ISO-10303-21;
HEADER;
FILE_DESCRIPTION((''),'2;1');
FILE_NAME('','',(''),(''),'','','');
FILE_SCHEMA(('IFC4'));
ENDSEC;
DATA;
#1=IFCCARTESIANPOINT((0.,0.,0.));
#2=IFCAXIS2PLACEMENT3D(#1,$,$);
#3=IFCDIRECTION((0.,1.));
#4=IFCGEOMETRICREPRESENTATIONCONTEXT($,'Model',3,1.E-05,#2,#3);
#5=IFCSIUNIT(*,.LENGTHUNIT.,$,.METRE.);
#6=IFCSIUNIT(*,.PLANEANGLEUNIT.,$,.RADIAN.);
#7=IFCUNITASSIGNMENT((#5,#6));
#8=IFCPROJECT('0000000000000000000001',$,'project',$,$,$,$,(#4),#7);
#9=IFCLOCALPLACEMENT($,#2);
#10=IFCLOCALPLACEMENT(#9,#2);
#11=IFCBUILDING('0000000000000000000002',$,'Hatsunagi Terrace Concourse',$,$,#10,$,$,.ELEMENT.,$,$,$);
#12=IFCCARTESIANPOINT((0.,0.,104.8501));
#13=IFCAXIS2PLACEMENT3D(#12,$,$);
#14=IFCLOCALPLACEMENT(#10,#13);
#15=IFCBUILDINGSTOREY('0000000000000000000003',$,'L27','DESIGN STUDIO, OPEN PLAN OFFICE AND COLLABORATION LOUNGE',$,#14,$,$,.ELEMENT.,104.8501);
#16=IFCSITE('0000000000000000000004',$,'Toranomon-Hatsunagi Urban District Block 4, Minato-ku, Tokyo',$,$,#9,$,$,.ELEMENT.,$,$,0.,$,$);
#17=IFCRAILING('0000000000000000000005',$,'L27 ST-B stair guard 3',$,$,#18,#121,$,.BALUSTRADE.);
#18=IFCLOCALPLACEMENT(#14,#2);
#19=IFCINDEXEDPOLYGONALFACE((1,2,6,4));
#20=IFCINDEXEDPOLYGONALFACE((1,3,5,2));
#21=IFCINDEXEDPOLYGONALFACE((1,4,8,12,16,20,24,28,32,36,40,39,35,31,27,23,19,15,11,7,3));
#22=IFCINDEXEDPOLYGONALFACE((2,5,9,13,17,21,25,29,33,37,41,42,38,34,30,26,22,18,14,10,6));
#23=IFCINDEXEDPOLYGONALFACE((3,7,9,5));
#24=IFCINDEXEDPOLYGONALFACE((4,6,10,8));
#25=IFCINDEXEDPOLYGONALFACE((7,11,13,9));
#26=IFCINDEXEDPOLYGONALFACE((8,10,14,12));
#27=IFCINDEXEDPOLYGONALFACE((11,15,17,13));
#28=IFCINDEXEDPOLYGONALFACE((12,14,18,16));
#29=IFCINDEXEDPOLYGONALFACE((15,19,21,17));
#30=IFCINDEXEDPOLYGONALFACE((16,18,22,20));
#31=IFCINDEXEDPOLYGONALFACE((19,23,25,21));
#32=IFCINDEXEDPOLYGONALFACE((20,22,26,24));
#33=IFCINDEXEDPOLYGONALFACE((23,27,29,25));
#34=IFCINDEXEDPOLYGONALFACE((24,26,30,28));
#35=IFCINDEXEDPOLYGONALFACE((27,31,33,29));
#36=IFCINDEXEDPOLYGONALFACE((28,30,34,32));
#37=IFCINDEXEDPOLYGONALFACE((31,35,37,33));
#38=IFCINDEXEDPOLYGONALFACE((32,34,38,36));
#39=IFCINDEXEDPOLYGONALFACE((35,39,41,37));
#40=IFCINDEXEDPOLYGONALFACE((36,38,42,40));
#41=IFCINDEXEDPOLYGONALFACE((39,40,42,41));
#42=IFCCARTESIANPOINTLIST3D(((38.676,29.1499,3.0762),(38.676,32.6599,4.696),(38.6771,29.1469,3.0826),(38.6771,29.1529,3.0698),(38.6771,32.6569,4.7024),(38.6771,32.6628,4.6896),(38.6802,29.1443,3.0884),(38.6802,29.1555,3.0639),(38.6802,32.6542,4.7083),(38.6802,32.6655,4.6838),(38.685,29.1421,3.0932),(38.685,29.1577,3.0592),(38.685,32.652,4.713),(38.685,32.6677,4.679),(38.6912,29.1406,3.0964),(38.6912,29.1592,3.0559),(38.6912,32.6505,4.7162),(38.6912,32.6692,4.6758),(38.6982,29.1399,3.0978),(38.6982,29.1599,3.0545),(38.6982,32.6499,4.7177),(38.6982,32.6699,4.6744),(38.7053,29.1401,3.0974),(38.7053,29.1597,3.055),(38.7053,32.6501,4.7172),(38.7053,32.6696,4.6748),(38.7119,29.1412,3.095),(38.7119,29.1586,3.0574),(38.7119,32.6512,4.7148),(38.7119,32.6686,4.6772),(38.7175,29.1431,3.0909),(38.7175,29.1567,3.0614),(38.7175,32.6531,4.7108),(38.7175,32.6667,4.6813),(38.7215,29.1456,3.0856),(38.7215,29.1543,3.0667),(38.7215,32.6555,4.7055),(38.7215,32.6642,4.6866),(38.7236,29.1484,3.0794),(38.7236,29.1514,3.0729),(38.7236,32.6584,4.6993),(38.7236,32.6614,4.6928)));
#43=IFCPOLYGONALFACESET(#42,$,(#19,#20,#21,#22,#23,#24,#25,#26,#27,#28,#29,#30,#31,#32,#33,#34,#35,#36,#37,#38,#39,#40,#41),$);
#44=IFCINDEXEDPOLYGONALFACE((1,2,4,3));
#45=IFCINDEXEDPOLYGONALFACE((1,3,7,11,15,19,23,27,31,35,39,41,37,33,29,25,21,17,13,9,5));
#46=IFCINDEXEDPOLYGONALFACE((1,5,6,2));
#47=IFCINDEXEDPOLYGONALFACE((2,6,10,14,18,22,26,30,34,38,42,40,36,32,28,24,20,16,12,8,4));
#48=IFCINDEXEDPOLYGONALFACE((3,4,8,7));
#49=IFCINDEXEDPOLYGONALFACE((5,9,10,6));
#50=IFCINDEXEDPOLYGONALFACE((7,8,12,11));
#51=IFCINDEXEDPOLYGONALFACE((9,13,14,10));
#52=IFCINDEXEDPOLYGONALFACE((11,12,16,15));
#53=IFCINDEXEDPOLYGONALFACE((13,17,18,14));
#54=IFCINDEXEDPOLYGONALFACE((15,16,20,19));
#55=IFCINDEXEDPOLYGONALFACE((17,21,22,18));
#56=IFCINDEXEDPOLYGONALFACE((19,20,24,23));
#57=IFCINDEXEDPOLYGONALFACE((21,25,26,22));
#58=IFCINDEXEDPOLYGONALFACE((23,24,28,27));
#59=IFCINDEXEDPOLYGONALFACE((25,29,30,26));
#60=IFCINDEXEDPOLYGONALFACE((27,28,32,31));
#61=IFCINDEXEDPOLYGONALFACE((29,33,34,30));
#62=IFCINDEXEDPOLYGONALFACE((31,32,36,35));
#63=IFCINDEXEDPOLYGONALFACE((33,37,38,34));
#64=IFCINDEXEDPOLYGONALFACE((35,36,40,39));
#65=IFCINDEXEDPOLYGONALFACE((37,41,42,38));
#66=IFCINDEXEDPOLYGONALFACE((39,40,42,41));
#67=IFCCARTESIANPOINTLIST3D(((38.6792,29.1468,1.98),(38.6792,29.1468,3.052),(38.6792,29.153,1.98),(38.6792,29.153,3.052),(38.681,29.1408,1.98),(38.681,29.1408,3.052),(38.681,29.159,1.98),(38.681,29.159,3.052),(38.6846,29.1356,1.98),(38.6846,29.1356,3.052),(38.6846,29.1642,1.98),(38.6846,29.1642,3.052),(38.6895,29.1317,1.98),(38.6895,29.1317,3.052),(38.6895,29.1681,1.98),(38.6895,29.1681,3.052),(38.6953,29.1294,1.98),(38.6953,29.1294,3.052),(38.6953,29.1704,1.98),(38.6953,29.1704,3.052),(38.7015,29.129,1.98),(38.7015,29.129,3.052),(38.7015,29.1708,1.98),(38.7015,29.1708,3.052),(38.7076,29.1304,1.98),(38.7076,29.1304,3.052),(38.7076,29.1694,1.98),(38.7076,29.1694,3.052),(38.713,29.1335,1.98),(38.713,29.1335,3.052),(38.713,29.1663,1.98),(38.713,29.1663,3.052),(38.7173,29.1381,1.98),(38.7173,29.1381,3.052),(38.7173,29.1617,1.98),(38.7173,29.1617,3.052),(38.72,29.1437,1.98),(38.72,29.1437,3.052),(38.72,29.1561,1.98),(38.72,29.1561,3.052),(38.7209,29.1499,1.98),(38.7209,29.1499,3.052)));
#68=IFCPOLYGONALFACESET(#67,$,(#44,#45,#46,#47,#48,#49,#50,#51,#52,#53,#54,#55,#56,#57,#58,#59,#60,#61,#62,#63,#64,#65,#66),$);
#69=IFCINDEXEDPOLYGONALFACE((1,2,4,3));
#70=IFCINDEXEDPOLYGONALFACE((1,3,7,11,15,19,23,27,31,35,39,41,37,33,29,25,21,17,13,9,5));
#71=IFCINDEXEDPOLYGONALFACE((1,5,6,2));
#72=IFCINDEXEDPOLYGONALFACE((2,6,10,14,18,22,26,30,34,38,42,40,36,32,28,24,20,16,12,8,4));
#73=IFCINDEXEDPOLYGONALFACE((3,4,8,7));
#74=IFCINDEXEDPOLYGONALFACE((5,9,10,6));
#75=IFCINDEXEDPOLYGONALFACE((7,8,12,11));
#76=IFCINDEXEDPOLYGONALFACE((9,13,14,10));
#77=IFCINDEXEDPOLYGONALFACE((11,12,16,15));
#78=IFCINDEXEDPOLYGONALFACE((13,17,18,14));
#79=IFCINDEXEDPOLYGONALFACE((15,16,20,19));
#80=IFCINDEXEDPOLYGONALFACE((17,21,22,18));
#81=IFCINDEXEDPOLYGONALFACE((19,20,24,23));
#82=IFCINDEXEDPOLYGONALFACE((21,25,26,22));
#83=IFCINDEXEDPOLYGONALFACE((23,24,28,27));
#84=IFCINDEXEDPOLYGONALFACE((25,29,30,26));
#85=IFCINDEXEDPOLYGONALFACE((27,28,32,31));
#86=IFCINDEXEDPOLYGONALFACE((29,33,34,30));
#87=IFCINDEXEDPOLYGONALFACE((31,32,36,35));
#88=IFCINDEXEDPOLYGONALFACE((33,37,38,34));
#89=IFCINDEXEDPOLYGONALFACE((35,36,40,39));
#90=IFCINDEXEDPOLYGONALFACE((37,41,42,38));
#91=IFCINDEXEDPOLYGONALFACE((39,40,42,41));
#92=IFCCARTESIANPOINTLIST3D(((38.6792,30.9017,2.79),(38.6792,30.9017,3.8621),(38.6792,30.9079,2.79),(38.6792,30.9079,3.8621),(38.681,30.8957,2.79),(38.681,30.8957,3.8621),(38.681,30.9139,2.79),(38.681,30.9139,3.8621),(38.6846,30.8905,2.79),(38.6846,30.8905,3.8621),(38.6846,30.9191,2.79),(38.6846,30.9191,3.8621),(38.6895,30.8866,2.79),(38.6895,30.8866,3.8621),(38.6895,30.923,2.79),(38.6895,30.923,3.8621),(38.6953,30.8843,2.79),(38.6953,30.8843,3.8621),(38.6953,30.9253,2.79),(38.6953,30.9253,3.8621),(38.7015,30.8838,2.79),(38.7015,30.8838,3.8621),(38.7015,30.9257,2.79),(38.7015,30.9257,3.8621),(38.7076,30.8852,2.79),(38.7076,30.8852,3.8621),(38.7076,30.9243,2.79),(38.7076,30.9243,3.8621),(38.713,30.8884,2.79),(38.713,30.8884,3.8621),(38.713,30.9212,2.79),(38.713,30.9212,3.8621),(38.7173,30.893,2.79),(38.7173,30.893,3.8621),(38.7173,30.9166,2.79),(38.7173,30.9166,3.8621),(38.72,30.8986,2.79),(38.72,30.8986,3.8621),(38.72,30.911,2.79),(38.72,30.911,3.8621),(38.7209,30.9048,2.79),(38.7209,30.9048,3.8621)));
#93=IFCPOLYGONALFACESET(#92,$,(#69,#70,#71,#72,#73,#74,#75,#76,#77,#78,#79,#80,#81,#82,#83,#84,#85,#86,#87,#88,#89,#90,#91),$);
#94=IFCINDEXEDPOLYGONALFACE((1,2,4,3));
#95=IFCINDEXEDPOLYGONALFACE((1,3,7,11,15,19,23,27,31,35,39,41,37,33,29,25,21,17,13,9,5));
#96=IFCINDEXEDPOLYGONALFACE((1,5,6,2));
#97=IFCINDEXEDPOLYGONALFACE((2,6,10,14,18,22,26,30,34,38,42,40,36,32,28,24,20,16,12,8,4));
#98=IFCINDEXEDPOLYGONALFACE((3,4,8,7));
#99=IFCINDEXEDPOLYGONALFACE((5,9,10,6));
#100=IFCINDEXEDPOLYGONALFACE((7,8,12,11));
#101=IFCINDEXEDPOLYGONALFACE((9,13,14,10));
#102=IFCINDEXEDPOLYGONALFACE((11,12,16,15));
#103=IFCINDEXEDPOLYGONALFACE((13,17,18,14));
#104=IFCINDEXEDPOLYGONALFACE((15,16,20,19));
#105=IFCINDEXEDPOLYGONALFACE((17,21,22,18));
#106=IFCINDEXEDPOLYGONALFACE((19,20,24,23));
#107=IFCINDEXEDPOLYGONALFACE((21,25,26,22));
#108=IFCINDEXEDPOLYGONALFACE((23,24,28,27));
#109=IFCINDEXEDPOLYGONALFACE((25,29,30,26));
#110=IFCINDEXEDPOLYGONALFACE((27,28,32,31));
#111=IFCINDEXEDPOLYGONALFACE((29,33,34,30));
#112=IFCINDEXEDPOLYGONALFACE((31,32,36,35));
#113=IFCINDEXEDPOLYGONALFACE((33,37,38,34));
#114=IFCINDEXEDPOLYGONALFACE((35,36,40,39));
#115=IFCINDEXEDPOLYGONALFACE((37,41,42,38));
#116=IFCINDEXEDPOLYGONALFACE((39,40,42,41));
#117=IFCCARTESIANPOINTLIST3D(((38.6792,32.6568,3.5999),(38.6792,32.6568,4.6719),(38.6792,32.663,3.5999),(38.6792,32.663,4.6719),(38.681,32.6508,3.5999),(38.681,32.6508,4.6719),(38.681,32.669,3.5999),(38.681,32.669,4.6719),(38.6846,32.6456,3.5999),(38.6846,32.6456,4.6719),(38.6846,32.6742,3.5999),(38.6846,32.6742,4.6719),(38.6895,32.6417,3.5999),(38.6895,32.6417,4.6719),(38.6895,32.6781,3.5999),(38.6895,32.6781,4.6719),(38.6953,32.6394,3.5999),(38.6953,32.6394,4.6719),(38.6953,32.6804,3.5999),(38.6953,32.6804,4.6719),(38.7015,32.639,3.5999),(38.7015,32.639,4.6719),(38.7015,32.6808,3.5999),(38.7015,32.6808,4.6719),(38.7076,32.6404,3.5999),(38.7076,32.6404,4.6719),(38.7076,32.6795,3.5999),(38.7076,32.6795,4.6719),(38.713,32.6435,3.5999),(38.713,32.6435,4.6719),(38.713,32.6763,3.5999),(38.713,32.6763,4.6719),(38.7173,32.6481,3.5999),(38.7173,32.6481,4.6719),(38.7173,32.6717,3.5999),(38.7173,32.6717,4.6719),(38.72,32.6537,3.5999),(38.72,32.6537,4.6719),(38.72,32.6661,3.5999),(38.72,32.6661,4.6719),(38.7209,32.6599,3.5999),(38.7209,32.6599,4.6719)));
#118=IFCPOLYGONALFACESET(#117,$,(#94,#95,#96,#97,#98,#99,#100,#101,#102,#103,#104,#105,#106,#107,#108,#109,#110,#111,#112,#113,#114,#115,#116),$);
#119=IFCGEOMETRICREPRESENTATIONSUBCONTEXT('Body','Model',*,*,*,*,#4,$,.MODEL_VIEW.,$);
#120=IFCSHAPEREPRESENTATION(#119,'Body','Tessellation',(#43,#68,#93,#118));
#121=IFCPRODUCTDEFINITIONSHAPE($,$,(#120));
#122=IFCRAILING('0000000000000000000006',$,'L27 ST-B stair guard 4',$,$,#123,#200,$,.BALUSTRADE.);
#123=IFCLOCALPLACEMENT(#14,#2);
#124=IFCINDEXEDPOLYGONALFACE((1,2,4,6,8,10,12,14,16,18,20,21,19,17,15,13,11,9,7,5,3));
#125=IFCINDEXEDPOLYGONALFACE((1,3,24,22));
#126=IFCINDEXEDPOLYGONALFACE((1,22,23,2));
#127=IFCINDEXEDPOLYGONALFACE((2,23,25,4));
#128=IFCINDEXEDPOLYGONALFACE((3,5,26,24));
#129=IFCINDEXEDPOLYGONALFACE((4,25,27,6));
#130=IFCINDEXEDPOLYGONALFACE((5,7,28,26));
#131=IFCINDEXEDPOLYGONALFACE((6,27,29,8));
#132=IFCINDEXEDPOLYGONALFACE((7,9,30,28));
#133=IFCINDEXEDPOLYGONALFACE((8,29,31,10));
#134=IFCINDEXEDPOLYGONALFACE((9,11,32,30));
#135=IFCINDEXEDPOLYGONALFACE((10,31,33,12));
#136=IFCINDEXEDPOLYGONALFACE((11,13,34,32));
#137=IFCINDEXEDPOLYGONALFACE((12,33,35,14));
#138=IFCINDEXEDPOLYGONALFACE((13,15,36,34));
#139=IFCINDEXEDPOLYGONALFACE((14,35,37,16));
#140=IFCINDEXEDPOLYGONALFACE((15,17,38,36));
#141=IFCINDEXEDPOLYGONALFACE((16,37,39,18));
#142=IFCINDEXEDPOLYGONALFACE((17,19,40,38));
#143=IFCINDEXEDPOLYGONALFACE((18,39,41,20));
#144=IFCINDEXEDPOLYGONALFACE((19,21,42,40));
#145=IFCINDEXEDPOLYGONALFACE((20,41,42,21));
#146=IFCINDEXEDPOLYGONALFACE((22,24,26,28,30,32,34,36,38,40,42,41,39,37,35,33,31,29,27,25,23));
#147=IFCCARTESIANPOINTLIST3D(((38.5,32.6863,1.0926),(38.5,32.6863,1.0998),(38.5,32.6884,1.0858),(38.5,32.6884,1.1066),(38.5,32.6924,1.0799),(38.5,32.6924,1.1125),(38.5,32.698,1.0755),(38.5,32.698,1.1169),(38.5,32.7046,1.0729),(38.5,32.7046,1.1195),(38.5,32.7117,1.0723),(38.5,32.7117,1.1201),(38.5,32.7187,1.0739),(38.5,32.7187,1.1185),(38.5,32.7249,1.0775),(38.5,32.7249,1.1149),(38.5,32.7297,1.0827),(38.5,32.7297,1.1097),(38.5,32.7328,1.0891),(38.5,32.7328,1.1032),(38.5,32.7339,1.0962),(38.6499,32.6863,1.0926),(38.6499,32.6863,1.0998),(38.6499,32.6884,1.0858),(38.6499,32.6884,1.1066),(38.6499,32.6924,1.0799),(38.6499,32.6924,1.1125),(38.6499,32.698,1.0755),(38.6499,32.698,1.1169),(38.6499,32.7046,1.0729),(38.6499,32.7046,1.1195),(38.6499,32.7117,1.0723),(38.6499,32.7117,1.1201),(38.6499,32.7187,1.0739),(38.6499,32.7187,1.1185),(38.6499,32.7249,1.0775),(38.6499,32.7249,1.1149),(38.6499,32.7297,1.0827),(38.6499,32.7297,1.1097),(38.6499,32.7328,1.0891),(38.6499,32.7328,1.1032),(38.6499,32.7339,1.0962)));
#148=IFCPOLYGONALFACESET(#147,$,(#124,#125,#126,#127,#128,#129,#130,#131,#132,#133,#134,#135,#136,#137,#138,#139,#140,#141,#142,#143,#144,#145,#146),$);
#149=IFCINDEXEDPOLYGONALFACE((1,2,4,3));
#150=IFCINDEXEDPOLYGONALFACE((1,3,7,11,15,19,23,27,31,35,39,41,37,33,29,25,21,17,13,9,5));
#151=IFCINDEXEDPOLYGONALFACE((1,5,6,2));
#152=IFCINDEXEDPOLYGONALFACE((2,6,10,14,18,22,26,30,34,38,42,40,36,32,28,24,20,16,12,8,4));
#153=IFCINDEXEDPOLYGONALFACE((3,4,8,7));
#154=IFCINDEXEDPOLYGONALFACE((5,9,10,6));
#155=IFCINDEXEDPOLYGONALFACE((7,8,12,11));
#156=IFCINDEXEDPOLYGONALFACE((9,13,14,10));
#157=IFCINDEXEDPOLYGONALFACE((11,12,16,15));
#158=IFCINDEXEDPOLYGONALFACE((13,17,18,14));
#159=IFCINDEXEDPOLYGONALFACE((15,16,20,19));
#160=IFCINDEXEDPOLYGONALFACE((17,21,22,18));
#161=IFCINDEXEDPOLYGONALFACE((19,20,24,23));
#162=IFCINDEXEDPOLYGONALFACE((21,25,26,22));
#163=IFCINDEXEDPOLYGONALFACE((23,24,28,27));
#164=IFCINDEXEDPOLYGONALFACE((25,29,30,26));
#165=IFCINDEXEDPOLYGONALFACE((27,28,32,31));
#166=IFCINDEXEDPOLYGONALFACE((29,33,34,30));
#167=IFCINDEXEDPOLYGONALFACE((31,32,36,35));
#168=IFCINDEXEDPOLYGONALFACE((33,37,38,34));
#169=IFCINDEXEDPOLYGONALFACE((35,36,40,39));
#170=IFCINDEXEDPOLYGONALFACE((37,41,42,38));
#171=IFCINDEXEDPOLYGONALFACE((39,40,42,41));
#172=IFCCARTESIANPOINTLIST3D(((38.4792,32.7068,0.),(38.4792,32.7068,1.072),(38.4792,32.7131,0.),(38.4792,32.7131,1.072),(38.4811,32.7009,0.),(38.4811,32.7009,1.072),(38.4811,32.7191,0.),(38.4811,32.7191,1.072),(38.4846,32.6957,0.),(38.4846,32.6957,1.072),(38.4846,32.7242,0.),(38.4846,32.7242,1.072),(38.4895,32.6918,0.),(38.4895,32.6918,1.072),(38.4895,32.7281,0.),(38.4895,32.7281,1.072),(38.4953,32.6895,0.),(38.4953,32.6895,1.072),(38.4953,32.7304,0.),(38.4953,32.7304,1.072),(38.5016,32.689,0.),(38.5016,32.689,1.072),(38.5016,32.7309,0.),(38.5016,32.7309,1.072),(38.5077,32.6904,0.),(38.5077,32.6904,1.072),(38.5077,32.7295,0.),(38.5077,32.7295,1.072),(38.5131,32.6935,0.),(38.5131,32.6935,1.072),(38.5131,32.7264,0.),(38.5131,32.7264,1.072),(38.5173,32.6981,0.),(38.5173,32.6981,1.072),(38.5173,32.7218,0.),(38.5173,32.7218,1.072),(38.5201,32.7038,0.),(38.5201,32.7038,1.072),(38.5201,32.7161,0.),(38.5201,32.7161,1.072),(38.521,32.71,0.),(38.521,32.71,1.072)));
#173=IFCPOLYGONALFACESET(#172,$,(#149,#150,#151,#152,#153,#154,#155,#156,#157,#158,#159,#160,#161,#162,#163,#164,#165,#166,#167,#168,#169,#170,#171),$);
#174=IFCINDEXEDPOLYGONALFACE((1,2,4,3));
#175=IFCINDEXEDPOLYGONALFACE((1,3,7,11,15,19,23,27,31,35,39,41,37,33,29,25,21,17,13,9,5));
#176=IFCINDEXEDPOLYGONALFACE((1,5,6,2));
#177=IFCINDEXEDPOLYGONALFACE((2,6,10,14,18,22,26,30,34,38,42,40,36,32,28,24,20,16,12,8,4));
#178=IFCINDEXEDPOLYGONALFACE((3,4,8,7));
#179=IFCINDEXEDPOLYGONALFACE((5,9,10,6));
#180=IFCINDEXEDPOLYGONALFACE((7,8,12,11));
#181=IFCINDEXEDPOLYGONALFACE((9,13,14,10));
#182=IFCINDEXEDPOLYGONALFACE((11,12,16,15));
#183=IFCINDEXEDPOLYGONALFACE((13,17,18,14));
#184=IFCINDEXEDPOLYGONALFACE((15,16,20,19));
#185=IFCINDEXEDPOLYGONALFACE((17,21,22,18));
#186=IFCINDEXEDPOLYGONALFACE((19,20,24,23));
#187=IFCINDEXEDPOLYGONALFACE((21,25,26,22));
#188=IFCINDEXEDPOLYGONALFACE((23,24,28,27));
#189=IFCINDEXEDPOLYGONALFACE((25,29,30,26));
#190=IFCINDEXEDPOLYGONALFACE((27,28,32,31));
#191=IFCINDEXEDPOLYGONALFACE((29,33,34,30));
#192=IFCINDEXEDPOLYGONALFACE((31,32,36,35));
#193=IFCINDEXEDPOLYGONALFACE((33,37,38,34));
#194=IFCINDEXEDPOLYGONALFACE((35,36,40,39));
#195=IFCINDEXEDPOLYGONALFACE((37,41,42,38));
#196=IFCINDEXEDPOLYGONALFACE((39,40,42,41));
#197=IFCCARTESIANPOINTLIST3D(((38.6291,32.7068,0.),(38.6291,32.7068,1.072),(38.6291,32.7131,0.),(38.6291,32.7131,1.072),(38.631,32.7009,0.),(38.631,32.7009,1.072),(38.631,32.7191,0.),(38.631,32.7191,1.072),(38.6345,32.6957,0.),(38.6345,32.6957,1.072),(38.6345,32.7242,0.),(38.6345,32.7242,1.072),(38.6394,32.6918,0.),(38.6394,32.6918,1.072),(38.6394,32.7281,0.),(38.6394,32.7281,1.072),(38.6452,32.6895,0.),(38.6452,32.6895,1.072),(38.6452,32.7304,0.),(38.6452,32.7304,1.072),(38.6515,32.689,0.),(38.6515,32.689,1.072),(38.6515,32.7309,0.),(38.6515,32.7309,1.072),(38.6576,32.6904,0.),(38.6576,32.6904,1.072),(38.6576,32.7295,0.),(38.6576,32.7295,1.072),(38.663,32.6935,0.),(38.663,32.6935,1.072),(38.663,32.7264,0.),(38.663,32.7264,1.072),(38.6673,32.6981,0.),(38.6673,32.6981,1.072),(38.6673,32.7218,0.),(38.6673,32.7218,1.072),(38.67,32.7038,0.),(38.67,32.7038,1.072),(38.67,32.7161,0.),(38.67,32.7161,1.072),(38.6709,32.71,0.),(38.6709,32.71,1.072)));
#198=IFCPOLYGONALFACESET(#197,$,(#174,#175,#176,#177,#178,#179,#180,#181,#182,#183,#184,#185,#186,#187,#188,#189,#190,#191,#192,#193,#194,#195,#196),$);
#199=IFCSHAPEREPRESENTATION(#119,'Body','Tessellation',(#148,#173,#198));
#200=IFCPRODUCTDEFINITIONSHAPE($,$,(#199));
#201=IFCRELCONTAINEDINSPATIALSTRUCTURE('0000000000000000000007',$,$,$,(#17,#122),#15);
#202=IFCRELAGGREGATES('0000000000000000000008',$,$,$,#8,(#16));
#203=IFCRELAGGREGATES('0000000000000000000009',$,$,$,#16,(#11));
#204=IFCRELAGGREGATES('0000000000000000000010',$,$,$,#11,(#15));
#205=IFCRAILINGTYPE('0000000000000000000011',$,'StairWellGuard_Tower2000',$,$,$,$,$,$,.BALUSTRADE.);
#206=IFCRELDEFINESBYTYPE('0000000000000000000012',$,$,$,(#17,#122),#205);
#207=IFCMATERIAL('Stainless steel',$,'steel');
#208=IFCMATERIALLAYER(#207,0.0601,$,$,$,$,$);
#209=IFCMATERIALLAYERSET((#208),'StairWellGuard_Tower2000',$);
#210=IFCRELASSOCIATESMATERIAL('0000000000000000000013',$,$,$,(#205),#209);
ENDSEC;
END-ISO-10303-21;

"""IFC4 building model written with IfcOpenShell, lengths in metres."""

from ifc_helpers import new_model, si_unit, direction, frame, origin, origin_2d, place, context, subcontext, project, spatial, circle, extrude, material, layer, layer_set, type_object, element, save


model = new_model("IFC4")

# Units and contexts
model_context = context("Model", 3, precision=1e-05, world=origin(), true_north=direction((0.0, 1.0)))
body_context = subcontext(model_context, "Body", "Model", "MODEL_VIEW")
ifc_project = project(units=[si_unit("LENGTHUNIT", "METRE"), si_unit("PLANEANGLEUNIT", "RADIAN")], contexts=[model_context])

# Site, building, storey
site_placement = place(None, origin())
site = spatial("IfcSite", under=ifc_project, at=site_placement, Name="Toranomon-Hatsunagi Urban District Block 4, Minato-ku, Tokyo", CompositionType="ELEMENT", RefElevation=0.0)
building_placement = place(site_placement, origin())
building = spatial("IfcBuilding", under=site, at=building_placement, Name="Hatsunagi Terrace Concourse", CompositionType="ELEMENT")
storey_placement = place(building_placement, frame((0.0, 0.0, 104.8501)))
storey = spatial("IfcBuildingStorey", under=building, at=storey_placement, Name="L27", Description="DESIGN STUDIO, OPEN PLAN OFFICE AND COLLABORATION LOUNGE", CompositionType="ELEMENT", Elevation=104.8501)

# Railings
ifc_material_1 = material(Name="Stainless steel", Category="steel")
ifc_layer_1 = layer(ifc_material_1, 0.0601)
ifc_layer_set_1 = layer_set([ifc_layer_1], Name="StairWellGuard_Tower2000")
railing_type_1 = type_object("IfcRailingType", Name="StairWellGuard_Tower2000", PredefinedType="BALUSTRADE", material=ifc_layer_set_1)
railing_1_placement = place(storey_placement, frame((38.7, 29.1499, 1.98)))
element("IfcRailing", 1, at=railing_1_placement, inside=storey, type_object=railing_type_1, Name="L27 ST-B stair guard 3", PredefinedType="BALUSTRADE", context=body_context, shape_type="SweptSolid", body=[
    extrude(circle(Radius=0.0239, at=origin_2d()), frame((0.0, 0.0, 1.0962), z_axis=(0.0, 0.907972, 0.41903), x_axis=(-1.0, 0.0, 0.0)), (0.0, 0.0, 1.0), 3.8657),
    extrude(circle(Radius=0.021, at=origin_2d()), origin(), (0.0, 0.0, 1.0), 1.072),
    extrude(circle(Radius=0.021, at=origin_2d()), frame((0.0, 1.7549, 0.8101)), (0.0, 0.0, 1.0), 1.072),
    extrude(circle(Radius=0.021, at=origin_2d()), frame((0.0, 3.51, 1.6199)), (0.0, 0.0, 1.0), 1.072),
])
railing_2_placement = place(storey_placement, frame((38.5, 32.71, 0.0)))
element("IfcRailing", 2, at=railing_2_placement, inside=storey, type_object=railing_type_1, Name="L27 ST-B stair guard 4", PredefinedType="BALUSTRADE", context=body_context, shape_type="SweptSolid", body=[
    extrude(circle(Radius=0.0239, at=origin_2d()), frame((0.0, 0.0, 1.0962), z_axis=(1.0, 0.0, 0.0), x_axis=(0.0, 1.0, 0.0)), (0.0, 0.0, 1.0), 0.1499),
    extrude(circle(Radius=0.021, at=origin_2d()), origin(), (0.0, 0.0, 1.0), 1.072),
    extrude(circle(Radius=0.021, at=origin_2d()), frame((0.1499, 0.0, 0.0)), (0.0, 0.0, 1.0), 1.072),
])

save(model, "model.ifc")
